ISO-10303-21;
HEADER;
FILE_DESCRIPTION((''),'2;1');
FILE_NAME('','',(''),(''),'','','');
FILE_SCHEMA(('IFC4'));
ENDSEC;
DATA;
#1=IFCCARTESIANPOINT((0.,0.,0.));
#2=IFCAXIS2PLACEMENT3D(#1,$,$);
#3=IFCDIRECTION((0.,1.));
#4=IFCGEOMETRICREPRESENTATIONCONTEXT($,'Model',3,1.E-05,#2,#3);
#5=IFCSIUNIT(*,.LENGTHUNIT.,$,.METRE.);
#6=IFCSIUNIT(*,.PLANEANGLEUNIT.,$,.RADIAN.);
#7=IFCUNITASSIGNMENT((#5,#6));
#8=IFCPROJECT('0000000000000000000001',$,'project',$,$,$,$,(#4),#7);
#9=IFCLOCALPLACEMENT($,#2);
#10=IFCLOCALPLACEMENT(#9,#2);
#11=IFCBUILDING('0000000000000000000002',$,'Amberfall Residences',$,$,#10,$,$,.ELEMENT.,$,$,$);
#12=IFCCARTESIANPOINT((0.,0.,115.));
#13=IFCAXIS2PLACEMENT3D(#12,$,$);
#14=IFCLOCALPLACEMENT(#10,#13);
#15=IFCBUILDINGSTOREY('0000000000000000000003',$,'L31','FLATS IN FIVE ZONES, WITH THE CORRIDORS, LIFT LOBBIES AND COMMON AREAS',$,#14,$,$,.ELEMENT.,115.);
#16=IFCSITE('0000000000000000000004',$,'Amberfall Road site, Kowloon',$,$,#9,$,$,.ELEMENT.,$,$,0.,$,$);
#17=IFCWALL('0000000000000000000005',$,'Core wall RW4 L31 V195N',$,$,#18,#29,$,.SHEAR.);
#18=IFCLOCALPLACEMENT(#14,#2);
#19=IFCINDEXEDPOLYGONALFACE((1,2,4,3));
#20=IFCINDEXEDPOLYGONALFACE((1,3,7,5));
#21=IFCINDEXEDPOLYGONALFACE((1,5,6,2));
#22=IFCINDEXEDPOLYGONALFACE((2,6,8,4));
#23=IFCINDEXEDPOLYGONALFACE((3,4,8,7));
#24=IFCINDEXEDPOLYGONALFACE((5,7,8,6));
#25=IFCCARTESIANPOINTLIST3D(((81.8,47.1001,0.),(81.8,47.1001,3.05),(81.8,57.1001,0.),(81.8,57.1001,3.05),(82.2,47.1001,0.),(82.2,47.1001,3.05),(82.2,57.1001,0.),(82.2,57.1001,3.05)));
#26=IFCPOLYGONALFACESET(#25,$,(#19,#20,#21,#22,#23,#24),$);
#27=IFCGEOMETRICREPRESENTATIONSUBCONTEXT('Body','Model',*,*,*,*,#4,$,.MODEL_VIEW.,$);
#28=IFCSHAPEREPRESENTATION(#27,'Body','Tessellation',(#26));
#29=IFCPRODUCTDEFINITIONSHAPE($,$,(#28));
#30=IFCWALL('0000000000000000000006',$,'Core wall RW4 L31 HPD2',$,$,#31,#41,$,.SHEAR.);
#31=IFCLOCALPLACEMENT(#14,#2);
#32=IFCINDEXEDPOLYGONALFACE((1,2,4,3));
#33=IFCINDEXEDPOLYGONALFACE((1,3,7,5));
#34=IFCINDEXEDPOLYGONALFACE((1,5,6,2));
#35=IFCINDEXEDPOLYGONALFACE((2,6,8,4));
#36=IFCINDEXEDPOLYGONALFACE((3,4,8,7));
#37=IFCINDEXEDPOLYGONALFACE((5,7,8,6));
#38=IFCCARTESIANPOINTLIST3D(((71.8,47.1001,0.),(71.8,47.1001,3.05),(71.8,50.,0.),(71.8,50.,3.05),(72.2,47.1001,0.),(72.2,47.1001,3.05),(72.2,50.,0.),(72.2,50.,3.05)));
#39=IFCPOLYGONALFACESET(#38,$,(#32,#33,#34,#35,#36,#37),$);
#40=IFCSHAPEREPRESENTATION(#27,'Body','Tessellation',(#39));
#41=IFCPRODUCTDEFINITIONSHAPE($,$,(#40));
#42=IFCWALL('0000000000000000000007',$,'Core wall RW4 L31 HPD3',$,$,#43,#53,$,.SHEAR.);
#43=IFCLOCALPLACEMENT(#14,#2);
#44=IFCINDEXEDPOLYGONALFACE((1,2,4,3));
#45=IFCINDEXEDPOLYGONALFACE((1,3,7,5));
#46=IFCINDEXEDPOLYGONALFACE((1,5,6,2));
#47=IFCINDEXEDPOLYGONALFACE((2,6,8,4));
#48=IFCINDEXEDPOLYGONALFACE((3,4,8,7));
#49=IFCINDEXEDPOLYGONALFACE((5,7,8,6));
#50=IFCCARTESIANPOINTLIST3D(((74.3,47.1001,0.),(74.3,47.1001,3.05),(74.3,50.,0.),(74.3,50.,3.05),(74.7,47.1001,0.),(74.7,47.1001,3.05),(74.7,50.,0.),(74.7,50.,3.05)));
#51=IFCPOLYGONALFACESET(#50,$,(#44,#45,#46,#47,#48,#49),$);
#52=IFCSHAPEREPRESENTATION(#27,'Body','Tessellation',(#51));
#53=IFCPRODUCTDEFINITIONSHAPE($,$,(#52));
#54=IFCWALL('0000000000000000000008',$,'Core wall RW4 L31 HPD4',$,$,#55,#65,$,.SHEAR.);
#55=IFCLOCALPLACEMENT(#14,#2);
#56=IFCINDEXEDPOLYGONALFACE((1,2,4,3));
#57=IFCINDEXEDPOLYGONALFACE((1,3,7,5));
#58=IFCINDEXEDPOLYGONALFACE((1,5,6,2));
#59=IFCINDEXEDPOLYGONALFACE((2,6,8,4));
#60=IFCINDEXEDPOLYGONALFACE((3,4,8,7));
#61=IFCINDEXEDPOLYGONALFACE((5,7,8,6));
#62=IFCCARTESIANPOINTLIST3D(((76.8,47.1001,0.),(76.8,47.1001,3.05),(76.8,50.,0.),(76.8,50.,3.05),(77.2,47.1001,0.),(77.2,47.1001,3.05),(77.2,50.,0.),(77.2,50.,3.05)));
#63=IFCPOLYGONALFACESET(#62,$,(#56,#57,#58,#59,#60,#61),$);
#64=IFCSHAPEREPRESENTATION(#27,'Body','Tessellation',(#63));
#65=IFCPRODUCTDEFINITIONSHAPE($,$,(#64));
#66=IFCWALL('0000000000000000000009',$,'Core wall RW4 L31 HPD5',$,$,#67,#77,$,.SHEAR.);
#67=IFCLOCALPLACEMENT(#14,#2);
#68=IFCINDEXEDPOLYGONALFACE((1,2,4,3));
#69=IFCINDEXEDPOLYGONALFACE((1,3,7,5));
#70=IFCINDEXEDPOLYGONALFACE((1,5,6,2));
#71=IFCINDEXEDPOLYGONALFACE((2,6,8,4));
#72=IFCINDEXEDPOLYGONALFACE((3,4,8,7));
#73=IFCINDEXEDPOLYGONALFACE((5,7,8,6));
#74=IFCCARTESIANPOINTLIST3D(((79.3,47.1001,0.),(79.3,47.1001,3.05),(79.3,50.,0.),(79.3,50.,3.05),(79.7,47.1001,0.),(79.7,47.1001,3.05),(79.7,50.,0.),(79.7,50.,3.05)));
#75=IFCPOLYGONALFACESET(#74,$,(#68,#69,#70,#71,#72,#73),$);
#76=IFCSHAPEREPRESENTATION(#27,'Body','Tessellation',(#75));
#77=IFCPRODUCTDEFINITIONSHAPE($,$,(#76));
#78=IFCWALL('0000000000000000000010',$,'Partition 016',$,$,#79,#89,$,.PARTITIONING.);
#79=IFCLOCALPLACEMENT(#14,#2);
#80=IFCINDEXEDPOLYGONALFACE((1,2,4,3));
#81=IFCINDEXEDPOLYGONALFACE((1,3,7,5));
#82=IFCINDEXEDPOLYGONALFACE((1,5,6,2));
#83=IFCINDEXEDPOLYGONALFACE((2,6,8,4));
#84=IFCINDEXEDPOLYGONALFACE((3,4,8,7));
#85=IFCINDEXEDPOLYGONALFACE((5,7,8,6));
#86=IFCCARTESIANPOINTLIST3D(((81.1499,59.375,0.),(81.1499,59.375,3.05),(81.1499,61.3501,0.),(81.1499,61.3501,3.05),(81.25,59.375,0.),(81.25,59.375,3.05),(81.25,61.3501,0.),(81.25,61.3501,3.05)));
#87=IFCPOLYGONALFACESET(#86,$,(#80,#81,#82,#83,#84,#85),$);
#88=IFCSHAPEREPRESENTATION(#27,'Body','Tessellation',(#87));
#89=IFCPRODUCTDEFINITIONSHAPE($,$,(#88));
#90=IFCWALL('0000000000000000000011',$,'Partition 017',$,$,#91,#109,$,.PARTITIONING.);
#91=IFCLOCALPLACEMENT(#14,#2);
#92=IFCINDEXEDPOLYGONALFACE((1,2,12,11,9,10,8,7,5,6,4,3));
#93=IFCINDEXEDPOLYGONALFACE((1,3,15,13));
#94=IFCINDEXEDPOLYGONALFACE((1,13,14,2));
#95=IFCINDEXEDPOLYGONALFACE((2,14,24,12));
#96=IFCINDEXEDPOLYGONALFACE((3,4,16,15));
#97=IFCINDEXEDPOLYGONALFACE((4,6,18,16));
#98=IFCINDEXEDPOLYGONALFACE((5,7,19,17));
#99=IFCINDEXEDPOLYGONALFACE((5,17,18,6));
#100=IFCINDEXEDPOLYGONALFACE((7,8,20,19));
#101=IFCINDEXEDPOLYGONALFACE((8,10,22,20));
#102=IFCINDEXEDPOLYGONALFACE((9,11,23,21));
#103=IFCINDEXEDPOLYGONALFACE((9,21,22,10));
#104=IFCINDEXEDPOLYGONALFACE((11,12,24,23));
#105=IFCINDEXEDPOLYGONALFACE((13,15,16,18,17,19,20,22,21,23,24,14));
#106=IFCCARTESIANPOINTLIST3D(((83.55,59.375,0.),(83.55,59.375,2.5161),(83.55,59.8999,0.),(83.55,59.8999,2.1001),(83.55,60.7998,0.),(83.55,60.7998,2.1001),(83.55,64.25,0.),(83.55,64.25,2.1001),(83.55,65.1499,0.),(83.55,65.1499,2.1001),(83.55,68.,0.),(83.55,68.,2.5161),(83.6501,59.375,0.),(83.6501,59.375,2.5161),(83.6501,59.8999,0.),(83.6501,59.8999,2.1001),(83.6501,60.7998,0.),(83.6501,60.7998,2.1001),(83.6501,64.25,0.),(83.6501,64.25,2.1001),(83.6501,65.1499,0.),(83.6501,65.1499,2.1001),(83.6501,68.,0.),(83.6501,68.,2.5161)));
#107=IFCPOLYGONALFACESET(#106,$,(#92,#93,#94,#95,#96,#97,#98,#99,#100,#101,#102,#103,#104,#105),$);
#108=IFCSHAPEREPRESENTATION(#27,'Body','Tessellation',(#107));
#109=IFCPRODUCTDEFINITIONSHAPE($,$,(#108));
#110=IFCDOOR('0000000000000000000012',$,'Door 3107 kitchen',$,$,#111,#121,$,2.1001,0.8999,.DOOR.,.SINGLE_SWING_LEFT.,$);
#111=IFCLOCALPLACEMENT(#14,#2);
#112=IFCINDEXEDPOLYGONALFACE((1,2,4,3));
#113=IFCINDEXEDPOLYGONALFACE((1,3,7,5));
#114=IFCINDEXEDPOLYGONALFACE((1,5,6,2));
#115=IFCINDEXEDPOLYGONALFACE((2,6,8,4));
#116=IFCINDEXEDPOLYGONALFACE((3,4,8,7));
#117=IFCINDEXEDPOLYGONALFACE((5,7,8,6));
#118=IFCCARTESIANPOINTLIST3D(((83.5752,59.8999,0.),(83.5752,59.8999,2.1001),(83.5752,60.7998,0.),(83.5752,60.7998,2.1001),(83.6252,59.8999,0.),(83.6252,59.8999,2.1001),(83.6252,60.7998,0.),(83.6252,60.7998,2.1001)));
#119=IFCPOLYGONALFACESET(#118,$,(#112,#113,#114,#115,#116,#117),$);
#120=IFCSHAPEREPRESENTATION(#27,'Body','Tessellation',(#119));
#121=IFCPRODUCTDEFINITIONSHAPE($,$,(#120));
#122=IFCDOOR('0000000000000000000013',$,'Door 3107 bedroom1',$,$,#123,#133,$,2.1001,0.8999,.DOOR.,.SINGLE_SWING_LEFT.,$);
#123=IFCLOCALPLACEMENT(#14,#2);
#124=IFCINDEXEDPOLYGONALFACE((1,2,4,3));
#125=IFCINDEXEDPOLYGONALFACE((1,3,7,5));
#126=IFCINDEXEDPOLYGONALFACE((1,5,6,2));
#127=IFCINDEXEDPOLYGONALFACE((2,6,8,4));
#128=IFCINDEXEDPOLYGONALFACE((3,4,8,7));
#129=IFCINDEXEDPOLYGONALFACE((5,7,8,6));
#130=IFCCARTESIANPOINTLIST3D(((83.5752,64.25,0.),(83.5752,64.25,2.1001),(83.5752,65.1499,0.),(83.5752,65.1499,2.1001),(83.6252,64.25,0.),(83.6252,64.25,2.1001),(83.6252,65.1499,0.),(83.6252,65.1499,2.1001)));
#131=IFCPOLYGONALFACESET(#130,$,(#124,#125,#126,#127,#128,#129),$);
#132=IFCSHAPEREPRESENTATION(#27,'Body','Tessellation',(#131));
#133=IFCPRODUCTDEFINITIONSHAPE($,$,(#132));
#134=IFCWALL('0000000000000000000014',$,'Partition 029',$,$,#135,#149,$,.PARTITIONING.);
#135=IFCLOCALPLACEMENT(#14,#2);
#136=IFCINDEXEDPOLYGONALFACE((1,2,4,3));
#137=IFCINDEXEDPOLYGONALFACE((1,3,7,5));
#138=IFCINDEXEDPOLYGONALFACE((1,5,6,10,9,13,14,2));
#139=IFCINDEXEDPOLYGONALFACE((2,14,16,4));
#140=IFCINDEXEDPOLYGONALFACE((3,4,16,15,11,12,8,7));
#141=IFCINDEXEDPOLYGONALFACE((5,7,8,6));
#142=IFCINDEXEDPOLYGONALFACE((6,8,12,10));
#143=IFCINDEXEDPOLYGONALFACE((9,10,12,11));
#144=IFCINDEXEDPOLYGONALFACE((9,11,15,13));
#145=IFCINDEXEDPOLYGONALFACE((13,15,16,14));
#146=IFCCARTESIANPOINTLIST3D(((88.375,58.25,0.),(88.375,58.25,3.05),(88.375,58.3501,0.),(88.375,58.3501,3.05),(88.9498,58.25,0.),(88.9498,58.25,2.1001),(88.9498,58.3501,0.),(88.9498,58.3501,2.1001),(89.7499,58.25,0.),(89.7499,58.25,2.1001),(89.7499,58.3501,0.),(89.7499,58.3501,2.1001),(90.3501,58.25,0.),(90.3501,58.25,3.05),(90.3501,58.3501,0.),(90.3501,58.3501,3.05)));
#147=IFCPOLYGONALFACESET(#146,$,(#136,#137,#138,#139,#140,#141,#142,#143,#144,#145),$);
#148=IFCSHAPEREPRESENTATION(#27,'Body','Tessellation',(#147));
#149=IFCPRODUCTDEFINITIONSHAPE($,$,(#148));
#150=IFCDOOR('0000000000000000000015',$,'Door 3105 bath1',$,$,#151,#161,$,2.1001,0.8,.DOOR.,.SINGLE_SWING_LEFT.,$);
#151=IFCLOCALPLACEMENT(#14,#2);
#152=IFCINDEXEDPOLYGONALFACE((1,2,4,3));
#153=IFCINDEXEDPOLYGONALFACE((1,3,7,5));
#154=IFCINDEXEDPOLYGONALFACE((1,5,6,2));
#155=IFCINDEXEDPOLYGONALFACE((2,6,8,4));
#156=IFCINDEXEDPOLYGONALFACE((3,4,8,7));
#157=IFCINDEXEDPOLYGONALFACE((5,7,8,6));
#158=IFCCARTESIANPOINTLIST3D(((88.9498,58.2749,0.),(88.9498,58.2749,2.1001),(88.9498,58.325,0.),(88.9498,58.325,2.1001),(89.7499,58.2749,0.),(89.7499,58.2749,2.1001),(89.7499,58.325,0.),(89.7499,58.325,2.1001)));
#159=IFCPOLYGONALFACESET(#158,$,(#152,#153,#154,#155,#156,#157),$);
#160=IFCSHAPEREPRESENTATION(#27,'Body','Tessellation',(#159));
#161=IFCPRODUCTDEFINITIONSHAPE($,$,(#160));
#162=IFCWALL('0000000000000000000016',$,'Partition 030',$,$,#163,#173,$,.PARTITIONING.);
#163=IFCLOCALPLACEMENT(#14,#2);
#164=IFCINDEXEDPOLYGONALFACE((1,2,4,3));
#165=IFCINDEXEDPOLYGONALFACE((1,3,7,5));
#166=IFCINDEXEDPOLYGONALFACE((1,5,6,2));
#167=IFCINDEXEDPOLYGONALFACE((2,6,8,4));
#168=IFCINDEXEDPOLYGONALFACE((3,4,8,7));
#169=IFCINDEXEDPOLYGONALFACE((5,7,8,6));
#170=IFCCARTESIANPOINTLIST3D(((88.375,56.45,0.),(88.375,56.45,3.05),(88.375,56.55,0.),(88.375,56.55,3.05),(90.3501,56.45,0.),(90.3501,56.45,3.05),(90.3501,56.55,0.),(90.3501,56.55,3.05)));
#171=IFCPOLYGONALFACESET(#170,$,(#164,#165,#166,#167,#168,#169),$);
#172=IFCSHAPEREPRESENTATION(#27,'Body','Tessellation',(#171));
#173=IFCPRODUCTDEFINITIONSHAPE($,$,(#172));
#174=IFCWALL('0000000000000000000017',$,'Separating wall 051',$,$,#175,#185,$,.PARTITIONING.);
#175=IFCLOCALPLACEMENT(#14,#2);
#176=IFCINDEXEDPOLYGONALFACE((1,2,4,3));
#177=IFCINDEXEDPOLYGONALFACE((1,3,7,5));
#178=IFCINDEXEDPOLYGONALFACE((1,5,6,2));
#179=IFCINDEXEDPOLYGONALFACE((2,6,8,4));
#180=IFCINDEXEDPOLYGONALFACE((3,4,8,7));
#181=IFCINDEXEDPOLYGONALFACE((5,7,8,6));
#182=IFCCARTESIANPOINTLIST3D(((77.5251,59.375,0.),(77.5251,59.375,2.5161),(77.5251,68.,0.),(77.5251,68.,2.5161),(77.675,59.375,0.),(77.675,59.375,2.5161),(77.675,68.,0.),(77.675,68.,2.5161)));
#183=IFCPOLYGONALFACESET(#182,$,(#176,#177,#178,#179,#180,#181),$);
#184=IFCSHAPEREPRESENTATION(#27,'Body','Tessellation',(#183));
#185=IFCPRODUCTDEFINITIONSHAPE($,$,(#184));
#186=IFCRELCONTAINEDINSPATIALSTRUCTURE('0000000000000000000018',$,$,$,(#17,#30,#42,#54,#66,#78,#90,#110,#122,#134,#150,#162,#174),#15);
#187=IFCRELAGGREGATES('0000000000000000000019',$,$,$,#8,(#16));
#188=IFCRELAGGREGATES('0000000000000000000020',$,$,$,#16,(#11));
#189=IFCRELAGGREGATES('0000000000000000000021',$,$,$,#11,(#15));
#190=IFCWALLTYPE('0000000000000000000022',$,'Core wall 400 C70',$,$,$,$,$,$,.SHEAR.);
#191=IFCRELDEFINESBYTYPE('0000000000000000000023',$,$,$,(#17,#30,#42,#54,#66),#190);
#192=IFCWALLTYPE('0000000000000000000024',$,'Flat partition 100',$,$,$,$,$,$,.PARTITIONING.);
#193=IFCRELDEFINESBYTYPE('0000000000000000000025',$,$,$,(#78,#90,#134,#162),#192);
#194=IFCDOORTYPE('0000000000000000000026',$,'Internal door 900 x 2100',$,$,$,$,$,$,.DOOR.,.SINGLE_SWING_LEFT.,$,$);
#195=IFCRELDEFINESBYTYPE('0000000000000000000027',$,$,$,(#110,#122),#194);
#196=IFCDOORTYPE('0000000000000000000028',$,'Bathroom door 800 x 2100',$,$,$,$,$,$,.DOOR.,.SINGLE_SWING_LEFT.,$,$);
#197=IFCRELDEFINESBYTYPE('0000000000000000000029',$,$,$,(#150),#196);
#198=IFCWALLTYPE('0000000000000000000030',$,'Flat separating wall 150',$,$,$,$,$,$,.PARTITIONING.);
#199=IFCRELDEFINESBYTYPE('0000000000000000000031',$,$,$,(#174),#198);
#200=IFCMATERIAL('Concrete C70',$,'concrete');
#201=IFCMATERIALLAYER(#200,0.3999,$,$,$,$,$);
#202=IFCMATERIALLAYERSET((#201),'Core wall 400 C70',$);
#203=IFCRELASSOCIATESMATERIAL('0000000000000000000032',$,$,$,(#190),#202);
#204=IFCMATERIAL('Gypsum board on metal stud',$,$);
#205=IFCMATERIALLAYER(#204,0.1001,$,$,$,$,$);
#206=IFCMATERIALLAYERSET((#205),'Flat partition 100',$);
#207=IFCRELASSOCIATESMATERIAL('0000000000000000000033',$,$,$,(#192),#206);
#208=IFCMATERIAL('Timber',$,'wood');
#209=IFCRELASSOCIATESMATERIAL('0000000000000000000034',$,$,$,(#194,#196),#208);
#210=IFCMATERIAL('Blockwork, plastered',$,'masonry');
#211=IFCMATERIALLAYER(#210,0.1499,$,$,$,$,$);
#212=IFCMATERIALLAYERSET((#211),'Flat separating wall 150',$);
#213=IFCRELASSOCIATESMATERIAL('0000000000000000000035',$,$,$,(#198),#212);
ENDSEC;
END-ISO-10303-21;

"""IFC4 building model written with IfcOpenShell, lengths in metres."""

from ifc_helpers import new_model, si_unit, direction, frame, frame_2d, origin, place, context, subcontext, project, spatial, rectangle, extrude, material, layer, layer_set, type_object, element, fill, save


model = new_model("IFC4")

# Units and contexts
model_context = context("Model", 3, precision=1e-05, world=origin(), true_north=direction((0.0, 1.0)))
body_context = subcontext(model_context, "Body", "Model", "MODEL_VIEW")
ifc_project = project(units=[si_unit("LENGTHUNIT", "METRE"), si_unit("PLANEANGLEUNIT", "RADIAN")], contexts=[model_context])

# Site, building, storey
site_placement = place(None, origin())
site = spatial("IfcSite", under=ifc_project, at=site_placement, Name="Amberfall Road site, Kowloon", CompositionType="ELEMENT", RefElevation=0.0)
building_placement = place(site_placement, origin())
building = spatial("IfcBuilding", under=site, at=building_placement, Name="Amberfall Residences", CompositionType="ELEMENT")
storey_placement = place(building_placement, frame((0.0, 0.0, 115.0)))
storey = spatial("IfcBuildingStorey", under=building, at=storey_placement, Name="L31", Description="FLATS IN FIVE ZONES, WITH THE CORRIDORS, LIFT LOBBIES AND COMMON AREAS", CompositionType="ELEMENT", Elevation=115.0)

# Walls
ifc_material_1 = material(Name="Concrete C70", Category="concrete")
ifc_layer_1 = layer(ifc_material_1, 0.3999)
ifc_layer_set_1 = layer_set([ifc_layer_1], Name="Core wall 400 C70")
wall_type_1 = type_object("IfcWallType", Name="Core wall 400 C70", PredefinedType="SHEAR", material=ifc_layer_set_1)
wall_1_placement = place(storey_placement, frame((82.0, 47.1001, 0.0), z_axis=(0.0, 0.0, 1.0), x_axis=(0.0, 1.0, 0.0)))
element("IfcWall", 1, at=wall_1_placement, inside=storey, type_object=wall_type_1, Name="Core wall RW4 L31 V195N", PredefinedType="SHEAR", context=body_context, shape_type="SweptSolid", body=[
    extrude(rectangle(XDim=10.0, YDim=0.3999, at=frame_2d((5.0, 0.0))), origin(), (0.0, 0.0, 1.0), 3.05),
])
for number, where, z_axis, x_axis, name in (
    (2, (72.0, 47.1001, 0.0), (0.0, 0.0, 1.0), (0.0, 1.0, 0.0), "Core wall RW4 L31 HPD2"),
    (3, (74.5, 47.1001, 0.0), (0.0, 0.0, 1.0), (0.0, 1.0, 0.0), "Core wall RW4 L31 HPD3"),
    (4, (77.0, 47.1001, 0.0), (0.0, 0.0, 1.0), (0.0, 1.0, 0.0), "Core wall RW4 L31 HPD4"),
    (5, (79.5, 47.1001, 0.0), (0.0, 0.0, 1.0), (0.0, 1.0, 0.0), "Core wall RW4 L31 HPD5"),
):
    element("IfcWall", number, at=place(storey_placement, frame(where, z_axis=z_axis, x_axis=x_axis)), inside=storey, type_object=wall_type_1, Name=name, PredefinedType="SHEAR", context=body_context, shape_type="SweptSolid", body=[
        extrude(rectangle(XDim=2.8999, YDim=0.3999, at=frame_2d((1.45, 0.0))), origin(), (0.0, 0.0, 1.0), 3.05),
    ])
ifc_material_2 = material(Name="Gypsum board on metal stud")
ifc_layer_2 = layer(ifc_material_2, 0.1001)
ifc_layer_set_2 = layer_set([ifc_layer_2], Name="Flat partition 100")
wall_type_2 = type_object("IfcWallType", Name="Flat partition 100", PredefinedType="PARTITIONING", material=ifc_layer_set_2)
wall_2_placement = place(storey_placement, frame((81.2, 59.375, 0.0), z_axis=(0.0, 0.0, 1.0), x_axis=(0.0, 1.0, 0.0)))
element("IfcWall", 6, at=wall_2_placement, inside=storey, type_object=wall_type_2, Name="Partition 016", PredefinedType="PARTITIONING", context=body_context, shape_type="SweptSolid", body=[
    extrude(rectangle(XDim=1.9751, YDim=0.1001, at=frame_2d((0.9875, 0.0))), origin(), (0.0, 0.0, 1.0), 3.05),
])

# Wall, openings, doors
wall_3_placement = place(storey_placement, frame((83.6001, 59.375, 0.0), z_axis=(0.0, 0.0, 1.0), x_axis=(0.0, 1.0, 0.0)))
wall_3 = element("IfcWall", 7, at=wall_3_placement, inside=storey, type_object=wall_type_2, Name="Partition 017", PredefinedType="PARTITIONING", context=body_context, shape_type="SweptSolid", body=[
    extrude(rectangle(XDim=8.625, YDim=0.1001, at=frame_2d((4.3125, 0.0))), origin(), (0.0, 0.0, 1.0), 2.5161),
])
opening_1_placement = place(wall_3_placement, frame((0.5249, 0.0, 0.0)))
opening_1 = element("IfcOpeningElement", 8, at=opening_1_placement, cuts=wall_3, PredefinedType="OPENING", context=body_context, shape_type="SweptSolid", body=[
    extrude(rectangle(XDim=0.8999, YDim=2.1001, at=frame_2d((0.45, 1.05))), frame((0.0, 0.0601, 0.0), z_axis=(0.0, -1.0, 0.0), x_axis=(1.0, 0.0, 0.0)), (0.0, 0.0, 1.0), 0.1201),
])
opening_2_placement = place(wall_3_placement, frame((4.875, 0.0, 0.0)))
opening_2 = element("IfcOpeningElement", 9, at=opening_2_placement, cuts=wall_3, PredefinedType="OPENING", context=body_context, shape_type="SweptSolid", body=[
    extrude(rectangle(XDim=0.8999, YDim=2.1001, at=frame_2d((0.45, 1.05))), frame((0.0, 0.0601, 0.0), z_axis=(0.0, -1.0, 0.0), x_axis=(1.0, 0.0, 0.0)), (0.0, 0.0, 1.0), 0.1201),
])
ifc_material_3 = material(Name="Timber", Category="wood")
door_type_1 = type_object("IfcDoorType", Name="Internal door 900 x 2100", OperationType="SINGLE_SWING_LEFT", PredefinedType="DOOR", material=ifc_material_3)
door_1_placement = place(opening_1_placement, origin())
door_1 = element("IfcDoor", 10, at=door_1_placement, inside=storey, type_object=door_type_1, Name="Door 3107 kitchen", OperationType="SINGLE_SWING_LEFT", OverallHeight=2.1001, OverallWidth=0.8999, PredefinedType="DOOR", context=body_context, shape_type="SweptSolid", body=[
    extrude(rectangle(XDim=0.8999, YDim=2.1001, at=frame_2d((0.45, 1.05))), frame((0.0, 0.0249, 0.0), z_axis=(0.0, -1.0, 0.0), x_axis=(1.0, 0.0, 0.0)), (0.0, 0.0, 1.0), 0.05),
])
fill(opening_1, door_1)
door_2_placement = place(opening_2_placement, origin())
door_2 = element("IfcDoor", 11, at=door_2_placement, inside=storey, type_object=door_type_1, Name="Door 3107 bedroom1", OperationType="SINGLE_SWING_LEFT", OverallHeight=2.1001, OverallWidth=0.8999, PredefinedType="DOOR", context=body_context, shape_type="SweptSolid", body=[
    extrude(rectangle(XDim=0.8999, YDim=2.1001, at=frame_2d((0.45, 1.05))), frame((0.0, 0.0249, 0.0), z_axis=(0.0, -1.0, 0.0), x_axis=(1.0, 0.0, 0.0)), (0.0, 0.0, 1.0), 0.05),
])
fill(opening_2, door_2)

# Wall, opening, door
wall_4_placement = place(storey_placement, frame((88.375, 58.3, 0.0), z_axis=(0.0, 0.0, 1.0), x_axis=(1.0, 0.0, 0.0)))
wall_4 = element("IfcWall", 12, at=wall_4_placement, inside=storey, type_object=wall_type_2, Name="Partition 029", PredefinedType="PARTITIONING", context=body_context, shape_type="SweptSolid", body=[
    extrude(rectangle(XDim=1.9751, YDim=0.1001, at=frame_2d((0.9875, 0.0))), origin(), (0.0, 0.0, 1.0), 3.05),
])
opening_3_placement = place(wall_4_placement, frame((0.575, 0.0, 0.0)))
opening_3 = element("IfcOpeningElement", 13, at=opening_3_placement, cuts=wall_4, PredefinedType="OPENING", context=body_context, shape_type="SweptSolid", body=[
    extrude(rectangle(XDim=0.8, YDim=2.1001, at=frame_2d((0.3999, 1.05))), frame((0.0, 0.0601, 0.0), z_axis=(0.0, -1.0, 0.0), x_axis=(1.0, 0.0, 0.0)), (0.0, 0.0, 1.0), 0.1201),
])
door_type_2 = type_object("IfcDoorType", Name="Bathroom door 800 x 2100", OperationType="SINGLE_SWING_LEFT", PredefinedType="DOOR", material=ifc_material_3)
door_3_placement = place(opening_3_placement, origin())
door_3 = element("IfcDoor", 14, at=door_3_placement, inside=storey, type_object=door_type_2, Name="Door 3105 bath1", OperationType="SINGLE_SWING_LEFT", OverallHeight=2.1001, OverallWidth=0.8, PredefinedType="DOOR", context=body_context, shape_type="SweptSolid", body=[
    extrude(rectangle(XDim=0.8, YDim=2.1001, at=frame_2d((0.3999, 1.05))), frame((0.0, 0.0249, 0.0), z_axis=(0.0, -1.0, 0.0), x_axis=(1.0, 0.0, 0.0)), (0.0, 0.0, 1.0), 0.05),
])
fill(opening_3, door_3)

# Walls
wall_5_placement = place(storey_placement, frame((88.375, 56.5, 0.0), z_axis=(0.0, 0.0, 1.0), x_axis=(1.0, 0.0, 0.0)))
element("IfcWall", 15, at=wall_5_placement, inside=storey, type_object=wall_type_2, Name="Partition 030", PredefinedType="PARTITIONING", context=body_context, shape_type="SweptSolid", body=[
    extrude(rectangle(XDim=1.9751, YDim=0.1001, at=frame_2d((0.9875, 0.0))), origin(), (0.0, 0.0, 1.0), 3.05),
])
ifc_material_4 = material(Name="Blockwork, plastered", Category="masonry")
ifc_layer_3 = layer(ifc_material_4, 0.1499)
ifc_layer_set_3 = layer_set([ifc_layer_3], Name="Flat separating wall 150")
wall_type_3 = type_object("IfcWallType", Name="Flat separating wall 150", PredefinedType="PARTITIONING", material=ifc_layer_set_3)
wall_6_placement = place(storey_placement, frame((77.6001, 59.375, 0.0), z_axis=(0.0, 0.0, 1.0), x_axis=(0.0, 1.0, 0.0)))
element("IfcWall", 16, at=wall_6_placement, inside=storey, type_object=wall_type_3, Name="Separating wall 051", PredefinedType="PARTITIONING", context=body_context, shape_type="SweptSolid", body=[
    extrude(rectangle(XDim=8.625, YDim=0.1499, at=frame_2d((4.3125, 0.0))), origin(), (0.0, 0.0, 1.0), 2.5161),
])

save(model, "model.ifc")
